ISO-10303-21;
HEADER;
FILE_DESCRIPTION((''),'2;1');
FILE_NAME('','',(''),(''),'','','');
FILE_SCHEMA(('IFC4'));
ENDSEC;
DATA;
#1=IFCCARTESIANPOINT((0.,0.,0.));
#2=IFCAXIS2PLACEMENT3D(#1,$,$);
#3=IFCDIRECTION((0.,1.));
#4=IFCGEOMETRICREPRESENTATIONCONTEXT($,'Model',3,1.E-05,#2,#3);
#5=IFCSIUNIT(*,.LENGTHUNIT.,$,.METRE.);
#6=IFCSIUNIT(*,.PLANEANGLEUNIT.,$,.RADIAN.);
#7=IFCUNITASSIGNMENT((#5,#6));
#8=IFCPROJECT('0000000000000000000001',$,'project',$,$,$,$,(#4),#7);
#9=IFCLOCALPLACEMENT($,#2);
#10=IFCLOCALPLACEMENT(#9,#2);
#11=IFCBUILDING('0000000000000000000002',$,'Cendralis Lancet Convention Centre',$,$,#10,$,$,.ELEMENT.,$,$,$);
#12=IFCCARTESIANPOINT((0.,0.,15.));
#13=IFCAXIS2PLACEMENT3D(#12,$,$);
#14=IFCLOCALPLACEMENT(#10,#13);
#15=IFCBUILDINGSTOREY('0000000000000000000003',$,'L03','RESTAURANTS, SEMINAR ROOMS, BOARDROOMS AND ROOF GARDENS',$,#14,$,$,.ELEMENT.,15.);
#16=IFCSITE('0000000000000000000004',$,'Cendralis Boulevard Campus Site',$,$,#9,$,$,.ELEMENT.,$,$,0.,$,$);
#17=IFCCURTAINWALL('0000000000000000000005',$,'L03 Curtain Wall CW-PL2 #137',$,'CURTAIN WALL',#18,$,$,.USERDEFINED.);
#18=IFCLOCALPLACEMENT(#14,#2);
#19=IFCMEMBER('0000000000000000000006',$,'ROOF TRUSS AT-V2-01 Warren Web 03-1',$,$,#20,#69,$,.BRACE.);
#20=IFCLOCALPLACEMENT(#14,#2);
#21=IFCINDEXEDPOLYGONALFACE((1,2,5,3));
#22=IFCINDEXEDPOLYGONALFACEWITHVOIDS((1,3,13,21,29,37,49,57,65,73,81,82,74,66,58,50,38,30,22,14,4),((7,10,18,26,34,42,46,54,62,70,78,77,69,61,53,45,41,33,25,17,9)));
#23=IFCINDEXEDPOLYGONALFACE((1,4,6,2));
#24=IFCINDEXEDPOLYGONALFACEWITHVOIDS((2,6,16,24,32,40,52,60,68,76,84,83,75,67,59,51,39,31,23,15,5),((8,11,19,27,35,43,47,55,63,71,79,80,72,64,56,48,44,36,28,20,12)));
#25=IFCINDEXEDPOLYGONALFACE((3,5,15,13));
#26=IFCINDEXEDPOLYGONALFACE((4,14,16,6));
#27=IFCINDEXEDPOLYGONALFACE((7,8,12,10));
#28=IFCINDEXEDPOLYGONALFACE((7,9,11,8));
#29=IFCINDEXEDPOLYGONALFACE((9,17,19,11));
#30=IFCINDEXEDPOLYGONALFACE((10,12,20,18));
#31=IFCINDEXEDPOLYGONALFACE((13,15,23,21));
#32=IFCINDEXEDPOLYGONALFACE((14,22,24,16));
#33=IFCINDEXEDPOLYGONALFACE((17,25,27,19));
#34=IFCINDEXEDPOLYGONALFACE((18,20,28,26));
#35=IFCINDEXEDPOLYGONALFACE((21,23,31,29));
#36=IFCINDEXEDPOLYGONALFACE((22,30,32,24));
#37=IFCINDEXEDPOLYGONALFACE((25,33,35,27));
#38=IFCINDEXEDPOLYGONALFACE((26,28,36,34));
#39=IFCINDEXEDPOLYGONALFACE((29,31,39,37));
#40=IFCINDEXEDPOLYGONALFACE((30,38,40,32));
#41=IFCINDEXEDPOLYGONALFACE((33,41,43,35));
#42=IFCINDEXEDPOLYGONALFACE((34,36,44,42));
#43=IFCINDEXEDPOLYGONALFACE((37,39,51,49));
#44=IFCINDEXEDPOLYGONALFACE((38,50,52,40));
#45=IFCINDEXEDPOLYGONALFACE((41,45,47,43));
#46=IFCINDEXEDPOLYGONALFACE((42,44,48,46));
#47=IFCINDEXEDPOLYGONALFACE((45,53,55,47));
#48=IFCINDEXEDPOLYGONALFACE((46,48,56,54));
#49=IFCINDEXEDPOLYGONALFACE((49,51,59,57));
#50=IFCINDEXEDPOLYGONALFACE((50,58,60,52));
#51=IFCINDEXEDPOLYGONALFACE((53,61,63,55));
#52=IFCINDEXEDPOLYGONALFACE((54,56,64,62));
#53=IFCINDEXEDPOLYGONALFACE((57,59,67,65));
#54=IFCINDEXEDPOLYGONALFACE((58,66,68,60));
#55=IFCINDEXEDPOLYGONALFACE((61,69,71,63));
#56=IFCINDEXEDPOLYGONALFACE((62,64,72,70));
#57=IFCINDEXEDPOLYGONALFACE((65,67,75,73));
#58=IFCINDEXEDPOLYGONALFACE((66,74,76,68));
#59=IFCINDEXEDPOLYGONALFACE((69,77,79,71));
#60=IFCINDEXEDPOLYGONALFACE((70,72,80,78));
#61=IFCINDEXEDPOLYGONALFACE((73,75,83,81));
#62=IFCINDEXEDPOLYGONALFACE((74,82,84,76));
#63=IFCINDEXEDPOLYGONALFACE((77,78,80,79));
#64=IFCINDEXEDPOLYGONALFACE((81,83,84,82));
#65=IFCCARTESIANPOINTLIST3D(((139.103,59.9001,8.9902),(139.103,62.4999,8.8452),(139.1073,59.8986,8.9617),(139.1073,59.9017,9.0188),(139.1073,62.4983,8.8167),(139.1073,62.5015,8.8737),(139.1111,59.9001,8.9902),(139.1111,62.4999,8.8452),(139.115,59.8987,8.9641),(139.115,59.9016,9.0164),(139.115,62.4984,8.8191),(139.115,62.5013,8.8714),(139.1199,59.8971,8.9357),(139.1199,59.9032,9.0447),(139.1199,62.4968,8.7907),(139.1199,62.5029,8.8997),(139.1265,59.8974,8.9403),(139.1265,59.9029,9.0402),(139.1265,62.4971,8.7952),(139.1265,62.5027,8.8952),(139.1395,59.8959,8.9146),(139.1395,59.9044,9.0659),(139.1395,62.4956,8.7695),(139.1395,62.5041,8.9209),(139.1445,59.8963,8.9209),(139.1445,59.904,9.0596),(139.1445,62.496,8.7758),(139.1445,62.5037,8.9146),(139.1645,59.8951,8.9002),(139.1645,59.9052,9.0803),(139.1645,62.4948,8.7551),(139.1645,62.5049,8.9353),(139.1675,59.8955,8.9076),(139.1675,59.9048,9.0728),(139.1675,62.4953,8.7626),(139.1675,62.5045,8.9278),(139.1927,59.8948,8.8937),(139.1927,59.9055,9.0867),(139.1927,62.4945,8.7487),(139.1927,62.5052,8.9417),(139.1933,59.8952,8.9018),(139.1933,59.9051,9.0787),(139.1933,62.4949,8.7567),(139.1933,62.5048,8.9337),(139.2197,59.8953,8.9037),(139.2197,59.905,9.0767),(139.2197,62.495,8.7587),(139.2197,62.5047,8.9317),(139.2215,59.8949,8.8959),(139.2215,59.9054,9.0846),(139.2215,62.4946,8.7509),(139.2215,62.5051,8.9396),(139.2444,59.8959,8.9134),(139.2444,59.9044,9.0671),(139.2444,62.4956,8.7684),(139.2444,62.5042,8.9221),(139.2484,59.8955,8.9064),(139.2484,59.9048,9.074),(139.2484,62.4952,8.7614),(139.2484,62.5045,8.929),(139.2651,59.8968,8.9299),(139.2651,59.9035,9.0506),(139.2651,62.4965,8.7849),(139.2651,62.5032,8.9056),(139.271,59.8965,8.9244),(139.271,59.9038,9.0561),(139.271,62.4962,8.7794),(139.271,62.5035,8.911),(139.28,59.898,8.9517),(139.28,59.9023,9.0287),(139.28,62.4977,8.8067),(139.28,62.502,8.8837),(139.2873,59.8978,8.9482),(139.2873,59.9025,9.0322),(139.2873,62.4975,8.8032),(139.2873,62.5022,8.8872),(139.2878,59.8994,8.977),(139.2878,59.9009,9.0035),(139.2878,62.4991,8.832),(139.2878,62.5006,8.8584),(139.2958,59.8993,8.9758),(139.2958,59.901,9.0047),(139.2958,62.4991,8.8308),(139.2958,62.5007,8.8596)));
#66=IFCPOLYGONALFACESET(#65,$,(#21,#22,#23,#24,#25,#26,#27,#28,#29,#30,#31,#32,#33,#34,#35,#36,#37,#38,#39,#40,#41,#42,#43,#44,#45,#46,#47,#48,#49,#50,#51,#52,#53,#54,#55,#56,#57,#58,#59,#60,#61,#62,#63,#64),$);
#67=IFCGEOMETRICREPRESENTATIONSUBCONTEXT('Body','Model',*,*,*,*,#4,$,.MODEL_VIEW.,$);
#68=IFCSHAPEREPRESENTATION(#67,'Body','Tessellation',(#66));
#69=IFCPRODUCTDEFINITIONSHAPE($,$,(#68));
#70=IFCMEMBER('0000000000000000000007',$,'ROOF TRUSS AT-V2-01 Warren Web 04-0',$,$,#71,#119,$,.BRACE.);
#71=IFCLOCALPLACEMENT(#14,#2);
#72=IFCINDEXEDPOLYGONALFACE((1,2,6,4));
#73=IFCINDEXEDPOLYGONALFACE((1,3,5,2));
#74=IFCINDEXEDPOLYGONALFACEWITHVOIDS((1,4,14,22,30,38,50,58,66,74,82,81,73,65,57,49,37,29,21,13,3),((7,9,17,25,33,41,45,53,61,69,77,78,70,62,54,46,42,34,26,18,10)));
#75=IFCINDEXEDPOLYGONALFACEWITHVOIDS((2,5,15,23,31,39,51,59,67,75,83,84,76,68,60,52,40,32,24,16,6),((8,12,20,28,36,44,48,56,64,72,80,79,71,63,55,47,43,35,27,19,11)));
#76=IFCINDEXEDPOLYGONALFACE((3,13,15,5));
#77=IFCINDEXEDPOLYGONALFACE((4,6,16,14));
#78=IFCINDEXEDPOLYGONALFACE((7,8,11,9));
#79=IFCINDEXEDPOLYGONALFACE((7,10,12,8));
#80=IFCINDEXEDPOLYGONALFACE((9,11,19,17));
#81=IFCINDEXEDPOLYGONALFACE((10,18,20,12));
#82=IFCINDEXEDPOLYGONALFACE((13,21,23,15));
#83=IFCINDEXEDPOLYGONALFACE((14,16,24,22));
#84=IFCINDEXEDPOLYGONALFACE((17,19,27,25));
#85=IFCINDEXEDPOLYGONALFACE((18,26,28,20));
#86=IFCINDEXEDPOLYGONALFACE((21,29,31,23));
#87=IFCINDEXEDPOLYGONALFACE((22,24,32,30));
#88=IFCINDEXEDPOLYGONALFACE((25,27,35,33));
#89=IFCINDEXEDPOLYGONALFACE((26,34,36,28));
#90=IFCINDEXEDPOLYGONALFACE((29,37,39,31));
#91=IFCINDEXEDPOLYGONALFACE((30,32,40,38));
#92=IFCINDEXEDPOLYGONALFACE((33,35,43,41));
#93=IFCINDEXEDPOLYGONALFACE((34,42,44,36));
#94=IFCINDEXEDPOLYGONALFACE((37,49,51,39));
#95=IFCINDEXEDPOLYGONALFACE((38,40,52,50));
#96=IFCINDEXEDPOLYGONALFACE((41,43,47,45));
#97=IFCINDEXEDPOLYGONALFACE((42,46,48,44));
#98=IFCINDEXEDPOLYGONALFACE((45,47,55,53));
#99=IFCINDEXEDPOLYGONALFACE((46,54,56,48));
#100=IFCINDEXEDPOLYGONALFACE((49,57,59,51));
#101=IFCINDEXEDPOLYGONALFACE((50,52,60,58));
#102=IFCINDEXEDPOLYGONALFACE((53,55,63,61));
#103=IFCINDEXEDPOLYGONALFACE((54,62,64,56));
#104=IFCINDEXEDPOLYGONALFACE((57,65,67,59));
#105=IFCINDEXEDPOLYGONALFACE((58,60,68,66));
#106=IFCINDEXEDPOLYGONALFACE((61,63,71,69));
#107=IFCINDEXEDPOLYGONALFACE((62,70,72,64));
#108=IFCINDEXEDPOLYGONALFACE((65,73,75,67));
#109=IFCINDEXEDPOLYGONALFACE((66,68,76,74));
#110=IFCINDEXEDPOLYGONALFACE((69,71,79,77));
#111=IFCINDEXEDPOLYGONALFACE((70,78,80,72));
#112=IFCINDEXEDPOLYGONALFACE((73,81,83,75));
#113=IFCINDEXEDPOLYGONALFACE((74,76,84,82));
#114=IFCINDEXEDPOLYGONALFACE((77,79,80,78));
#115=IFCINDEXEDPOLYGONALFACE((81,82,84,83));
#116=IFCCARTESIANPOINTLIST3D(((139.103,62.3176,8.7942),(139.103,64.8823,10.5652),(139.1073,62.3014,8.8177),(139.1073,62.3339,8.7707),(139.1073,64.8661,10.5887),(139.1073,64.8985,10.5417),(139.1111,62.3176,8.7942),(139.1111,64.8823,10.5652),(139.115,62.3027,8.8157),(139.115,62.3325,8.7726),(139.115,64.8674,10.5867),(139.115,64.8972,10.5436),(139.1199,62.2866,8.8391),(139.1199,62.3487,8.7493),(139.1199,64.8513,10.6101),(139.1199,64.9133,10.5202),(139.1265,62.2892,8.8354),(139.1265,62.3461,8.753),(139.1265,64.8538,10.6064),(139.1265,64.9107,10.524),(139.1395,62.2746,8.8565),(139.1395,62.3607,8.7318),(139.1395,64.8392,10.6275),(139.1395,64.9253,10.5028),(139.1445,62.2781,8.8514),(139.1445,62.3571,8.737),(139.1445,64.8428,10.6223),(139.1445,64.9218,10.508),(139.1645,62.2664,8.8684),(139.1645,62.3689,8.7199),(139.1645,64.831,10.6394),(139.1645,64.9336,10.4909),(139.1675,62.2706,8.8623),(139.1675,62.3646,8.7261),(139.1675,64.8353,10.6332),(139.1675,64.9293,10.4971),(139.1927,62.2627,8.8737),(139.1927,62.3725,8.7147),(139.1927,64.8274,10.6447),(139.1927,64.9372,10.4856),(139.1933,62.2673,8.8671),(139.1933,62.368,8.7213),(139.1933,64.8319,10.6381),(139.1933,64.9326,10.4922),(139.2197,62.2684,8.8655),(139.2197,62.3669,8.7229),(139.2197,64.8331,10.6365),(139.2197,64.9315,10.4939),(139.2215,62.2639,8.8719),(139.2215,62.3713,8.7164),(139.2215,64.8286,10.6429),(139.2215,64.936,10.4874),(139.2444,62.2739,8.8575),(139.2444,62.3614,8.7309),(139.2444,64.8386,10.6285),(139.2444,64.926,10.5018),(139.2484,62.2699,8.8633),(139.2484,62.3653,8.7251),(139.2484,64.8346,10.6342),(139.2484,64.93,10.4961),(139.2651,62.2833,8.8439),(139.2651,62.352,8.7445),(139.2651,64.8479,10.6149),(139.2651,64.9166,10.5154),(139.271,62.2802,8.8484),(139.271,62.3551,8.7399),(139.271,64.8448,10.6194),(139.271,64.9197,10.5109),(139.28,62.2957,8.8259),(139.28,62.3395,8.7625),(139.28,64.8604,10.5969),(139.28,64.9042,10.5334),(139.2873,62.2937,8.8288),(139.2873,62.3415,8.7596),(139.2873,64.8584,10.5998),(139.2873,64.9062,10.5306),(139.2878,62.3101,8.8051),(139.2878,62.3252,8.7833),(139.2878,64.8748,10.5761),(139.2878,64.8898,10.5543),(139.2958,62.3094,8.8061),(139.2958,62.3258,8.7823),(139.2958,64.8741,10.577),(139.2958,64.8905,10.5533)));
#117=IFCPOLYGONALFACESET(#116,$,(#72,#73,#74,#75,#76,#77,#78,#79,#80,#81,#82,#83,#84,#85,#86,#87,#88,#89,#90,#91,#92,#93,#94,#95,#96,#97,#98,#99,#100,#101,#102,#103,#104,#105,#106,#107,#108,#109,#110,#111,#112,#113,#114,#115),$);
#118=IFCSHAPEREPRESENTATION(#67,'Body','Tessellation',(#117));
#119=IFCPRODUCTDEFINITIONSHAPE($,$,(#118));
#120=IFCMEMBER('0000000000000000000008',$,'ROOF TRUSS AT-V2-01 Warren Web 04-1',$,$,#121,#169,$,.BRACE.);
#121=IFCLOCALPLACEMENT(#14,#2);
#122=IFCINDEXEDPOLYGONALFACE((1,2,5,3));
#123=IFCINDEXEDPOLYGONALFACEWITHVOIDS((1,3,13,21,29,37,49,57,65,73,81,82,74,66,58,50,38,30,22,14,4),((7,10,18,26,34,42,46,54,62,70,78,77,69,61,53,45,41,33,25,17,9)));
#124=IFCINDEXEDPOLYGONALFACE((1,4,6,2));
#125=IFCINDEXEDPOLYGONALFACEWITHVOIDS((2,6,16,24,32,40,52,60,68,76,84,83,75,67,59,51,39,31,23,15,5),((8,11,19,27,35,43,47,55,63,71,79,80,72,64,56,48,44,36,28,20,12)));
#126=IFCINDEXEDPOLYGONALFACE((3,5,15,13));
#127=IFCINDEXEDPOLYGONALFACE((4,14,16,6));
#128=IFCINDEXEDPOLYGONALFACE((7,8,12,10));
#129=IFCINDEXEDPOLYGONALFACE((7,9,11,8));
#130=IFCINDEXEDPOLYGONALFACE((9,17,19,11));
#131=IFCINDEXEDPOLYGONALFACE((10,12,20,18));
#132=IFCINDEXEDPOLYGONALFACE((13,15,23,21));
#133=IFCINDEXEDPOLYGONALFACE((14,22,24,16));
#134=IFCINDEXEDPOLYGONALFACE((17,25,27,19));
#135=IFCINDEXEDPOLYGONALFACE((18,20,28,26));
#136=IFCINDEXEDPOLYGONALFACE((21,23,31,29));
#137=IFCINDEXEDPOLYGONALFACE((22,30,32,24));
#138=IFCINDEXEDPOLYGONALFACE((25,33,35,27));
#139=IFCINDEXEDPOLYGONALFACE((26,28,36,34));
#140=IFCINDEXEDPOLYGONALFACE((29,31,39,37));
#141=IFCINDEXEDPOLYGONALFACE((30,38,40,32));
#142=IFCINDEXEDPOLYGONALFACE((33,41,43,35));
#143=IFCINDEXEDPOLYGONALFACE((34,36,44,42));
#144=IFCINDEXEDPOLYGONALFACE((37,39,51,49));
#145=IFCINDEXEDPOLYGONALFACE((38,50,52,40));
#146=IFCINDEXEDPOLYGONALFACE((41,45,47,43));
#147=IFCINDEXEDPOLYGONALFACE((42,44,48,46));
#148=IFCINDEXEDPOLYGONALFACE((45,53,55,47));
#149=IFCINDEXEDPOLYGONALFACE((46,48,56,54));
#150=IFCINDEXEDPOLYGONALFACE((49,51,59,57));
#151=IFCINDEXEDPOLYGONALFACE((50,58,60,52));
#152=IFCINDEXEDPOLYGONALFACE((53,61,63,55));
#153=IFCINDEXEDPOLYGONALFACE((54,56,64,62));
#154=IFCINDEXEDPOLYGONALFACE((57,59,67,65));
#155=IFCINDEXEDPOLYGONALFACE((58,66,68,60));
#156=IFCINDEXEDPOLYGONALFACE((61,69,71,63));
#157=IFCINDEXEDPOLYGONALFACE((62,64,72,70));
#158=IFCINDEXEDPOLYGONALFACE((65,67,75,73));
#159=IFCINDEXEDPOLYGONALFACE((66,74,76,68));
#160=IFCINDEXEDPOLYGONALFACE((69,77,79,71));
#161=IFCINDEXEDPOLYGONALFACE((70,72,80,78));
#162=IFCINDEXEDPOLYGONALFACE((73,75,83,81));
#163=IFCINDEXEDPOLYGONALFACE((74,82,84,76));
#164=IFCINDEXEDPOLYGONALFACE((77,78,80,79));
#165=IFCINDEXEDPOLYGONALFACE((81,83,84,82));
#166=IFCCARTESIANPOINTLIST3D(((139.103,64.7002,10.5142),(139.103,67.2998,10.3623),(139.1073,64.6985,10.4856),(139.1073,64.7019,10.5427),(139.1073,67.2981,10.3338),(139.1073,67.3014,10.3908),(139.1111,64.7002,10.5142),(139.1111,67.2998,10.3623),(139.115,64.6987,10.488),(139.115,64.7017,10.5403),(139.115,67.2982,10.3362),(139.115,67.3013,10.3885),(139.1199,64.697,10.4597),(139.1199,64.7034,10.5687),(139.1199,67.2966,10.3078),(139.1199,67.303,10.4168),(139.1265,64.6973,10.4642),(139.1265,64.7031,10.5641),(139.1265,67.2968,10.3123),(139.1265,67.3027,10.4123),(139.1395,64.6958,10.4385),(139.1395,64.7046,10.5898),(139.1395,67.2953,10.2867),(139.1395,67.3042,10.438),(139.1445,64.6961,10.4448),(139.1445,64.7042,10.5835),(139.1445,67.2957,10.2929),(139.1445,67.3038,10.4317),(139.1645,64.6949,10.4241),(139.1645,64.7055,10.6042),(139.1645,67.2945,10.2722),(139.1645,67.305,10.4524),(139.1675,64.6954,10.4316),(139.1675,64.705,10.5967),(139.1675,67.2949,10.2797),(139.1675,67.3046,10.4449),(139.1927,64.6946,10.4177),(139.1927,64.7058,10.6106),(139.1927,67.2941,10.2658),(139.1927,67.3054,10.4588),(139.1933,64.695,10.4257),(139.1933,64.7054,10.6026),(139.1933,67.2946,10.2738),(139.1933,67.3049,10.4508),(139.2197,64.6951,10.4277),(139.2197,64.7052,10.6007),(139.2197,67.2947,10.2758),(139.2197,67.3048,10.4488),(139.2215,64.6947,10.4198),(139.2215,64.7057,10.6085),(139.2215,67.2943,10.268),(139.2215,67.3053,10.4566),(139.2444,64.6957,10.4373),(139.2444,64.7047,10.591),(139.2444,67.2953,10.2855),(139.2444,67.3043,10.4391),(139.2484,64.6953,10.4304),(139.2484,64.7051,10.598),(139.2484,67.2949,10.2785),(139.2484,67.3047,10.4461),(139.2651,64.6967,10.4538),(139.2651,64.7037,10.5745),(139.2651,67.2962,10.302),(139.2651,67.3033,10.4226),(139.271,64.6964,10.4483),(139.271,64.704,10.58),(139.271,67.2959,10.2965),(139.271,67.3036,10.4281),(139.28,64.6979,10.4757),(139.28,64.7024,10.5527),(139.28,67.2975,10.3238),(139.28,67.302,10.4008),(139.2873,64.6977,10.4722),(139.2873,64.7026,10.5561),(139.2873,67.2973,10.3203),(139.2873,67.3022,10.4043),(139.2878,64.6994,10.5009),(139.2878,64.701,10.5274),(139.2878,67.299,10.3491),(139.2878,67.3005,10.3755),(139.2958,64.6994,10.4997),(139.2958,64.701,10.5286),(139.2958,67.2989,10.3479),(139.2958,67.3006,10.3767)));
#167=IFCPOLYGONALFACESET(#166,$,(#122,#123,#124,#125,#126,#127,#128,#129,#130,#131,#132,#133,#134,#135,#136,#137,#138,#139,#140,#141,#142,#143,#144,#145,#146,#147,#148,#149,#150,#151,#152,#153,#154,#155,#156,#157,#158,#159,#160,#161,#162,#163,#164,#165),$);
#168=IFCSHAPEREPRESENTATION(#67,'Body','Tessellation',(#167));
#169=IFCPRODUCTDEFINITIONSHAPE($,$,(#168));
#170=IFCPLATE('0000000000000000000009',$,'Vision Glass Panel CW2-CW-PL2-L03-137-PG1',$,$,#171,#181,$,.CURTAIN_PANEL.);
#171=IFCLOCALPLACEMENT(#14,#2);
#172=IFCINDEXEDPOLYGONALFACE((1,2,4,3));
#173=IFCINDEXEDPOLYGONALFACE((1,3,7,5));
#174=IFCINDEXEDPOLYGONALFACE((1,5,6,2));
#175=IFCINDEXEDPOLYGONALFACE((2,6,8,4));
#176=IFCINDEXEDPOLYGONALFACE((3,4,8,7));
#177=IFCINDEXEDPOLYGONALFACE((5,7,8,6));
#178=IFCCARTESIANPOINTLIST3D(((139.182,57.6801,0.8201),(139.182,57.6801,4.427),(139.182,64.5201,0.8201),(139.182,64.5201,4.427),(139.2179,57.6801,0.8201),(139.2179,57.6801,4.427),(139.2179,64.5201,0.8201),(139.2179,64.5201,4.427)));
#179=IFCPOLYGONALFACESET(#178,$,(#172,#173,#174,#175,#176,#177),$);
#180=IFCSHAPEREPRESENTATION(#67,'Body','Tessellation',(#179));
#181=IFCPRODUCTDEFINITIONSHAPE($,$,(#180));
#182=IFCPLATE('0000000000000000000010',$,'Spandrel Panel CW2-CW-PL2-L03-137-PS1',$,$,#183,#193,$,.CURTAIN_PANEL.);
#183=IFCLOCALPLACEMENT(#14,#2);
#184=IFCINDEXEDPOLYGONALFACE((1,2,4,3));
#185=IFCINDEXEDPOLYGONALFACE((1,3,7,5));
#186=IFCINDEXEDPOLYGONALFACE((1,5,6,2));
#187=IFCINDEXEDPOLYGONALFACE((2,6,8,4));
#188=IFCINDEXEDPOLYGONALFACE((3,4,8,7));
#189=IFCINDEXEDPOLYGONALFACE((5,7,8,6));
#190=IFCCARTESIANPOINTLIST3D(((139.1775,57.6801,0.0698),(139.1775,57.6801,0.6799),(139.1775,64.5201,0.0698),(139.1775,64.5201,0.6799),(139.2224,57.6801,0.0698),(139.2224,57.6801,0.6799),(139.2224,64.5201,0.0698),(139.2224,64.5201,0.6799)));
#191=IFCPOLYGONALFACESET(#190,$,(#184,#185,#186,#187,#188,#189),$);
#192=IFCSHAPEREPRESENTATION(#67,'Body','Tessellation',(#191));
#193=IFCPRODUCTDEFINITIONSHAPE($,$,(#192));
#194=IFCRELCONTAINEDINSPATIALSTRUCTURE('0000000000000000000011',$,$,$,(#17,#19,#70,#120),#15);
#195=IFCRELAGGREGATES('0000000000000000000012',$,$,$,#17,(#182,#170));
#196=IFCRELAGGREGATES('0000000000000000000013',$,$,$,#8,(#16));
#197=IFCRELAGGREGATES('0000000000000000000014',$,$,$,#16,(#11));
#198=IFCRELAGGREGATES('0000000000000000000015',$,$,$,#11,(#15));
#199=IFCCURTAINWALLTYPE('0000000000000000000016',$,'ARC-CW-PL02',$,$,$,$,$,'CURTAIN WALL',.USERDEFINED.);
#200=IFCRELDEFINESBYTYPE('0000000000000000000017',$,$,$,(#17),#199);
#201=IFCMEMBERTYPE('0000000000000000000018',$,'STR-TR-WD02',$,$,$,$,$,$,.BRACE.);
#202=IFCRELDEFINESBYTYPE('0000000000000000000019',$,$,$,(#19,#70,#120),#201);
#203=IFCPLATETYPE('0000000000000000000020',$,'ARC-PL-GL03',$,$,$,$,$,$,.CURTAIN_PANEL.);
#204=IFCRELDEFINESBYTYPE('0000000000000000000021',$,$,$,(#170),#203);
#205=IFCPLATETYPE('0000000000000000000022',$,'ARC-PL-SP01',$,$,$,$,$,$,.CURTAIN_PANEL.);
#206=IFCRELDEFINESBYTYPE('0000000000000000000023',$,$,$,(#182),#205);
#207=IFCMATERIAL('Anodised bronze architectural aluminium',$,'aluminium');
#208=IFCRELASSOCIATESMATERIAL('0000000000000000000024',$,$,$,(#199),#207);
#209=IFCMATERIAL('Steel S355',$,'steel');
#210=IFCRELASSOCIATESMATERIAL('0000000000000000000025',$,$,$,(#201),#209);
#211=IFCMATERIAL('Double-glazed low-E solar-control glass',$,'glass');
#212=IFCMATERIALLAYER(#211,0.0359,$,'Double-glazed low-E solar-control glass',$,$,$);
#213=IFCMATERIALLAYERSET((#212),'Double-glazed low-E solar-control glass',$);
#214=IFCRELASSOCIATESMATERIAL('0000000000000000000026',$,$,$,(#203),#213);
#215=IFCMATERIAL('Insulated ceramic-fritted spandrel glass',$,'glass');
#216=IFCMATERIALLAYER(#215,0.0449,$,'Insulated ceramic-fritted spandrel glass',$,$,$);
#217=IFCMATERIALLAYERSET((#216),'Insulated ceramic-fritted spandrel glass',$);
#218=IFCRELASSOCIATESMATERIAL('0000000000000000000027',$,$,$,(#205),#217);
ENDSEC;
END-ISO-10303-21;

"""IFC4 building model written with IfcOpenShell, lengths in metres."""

from ifc_helpers import new_model, si_unit, direction, frame, origin, origin_2d, place, context, subcontext, project, spatial, rectangle, hollow_circle, extrude, material, layer, layer_set, material_profile, profile_set, type_object, element, aggregate, save


model = new_model("IFC4")

# Units and contexts
model_context = context("Model", 3, precision=1e-05, world=origin(), true_north=direction((0.0, 1.0)))
body_context = subcontext(model_context, "Body", "Model", "MODEL_VIEW")
ifc_project = project(units=[si_unit("LENGTHUNIT", "METRE"), si_unit("PLANEANGLEUNIT", "RADIAN")], contexts=[model_context])

# Site, building, storey
site_placement = place(None, origin())
site = spatial("IfcSite", under=ifc_project, at=site_placement, Name="Cendralis Boulevard Campus Site", CompositionType="ELEMENT", RefElevation=0.0)
building_placement = place(site_placement, origin())
building = spatial("IfcBuilding", under=site, at=building_placement, Name="Cendralis Lancet Convention Centre", CompositionType="ELEMENT")
storey_placement = place(building_placement, frame((0.0, 0.0, 15.0)))
storey = spatial("IfcBuildingStorey", under=building, at=storey_placement, Name="L03", Description="RESTAURANTS, SEMINAR ROOMS, BOARDROOMS AND ROOF GARDENS", CompositionType="ELEMENT", Elevation=15.0)

# Shared definitions
ifc_material_1 = material(Name="Steel S355", Category="steel")

# Curtain wall
ifc_material_2 = material(Name="Anodised bronze architectural aluminium", Category="aluminium")
curtain_wall_type = type_object("IfcCurtainWallType", Name="ARC-CW-PL02", ElementType="CURTAIN WALL", PredefinedType="USERDEFINED", material=ifc_material_2)
curtain_wall_placement = place(storey_placement, origin())
curtain_wall = element("IfcCurtainWall", 1, at=curtain_wall_placement, inside=storey, type_object=curtain_wall_type, Name="L03 Curtain Wall CW-PL2 #137", ObjectType="CURTAIN WALL", PredefinedType="USERDEFINED")

# Members
ifc_material_profile_1 = material_profile(ifc_material_1, hollow_circle(Radius=0.0969, WallThickness=0.0081, at=origin_2d()), Name="CHS 193.7x8.0")
ifc_profile_set_1 = profile_set([ifc_material_profile_1], Name="Steel S355")
member_type_1 = type_object("IfcMemberType", Name="STR-TR-WD02", PredefinedType="BRACE", material=ifc_profile_set_1)
member_1_placement = place(storey_placement, frame((139.2, 59.9001, 8.9902), z_axis=(0.0, 0.998448, -0.055699), x_axis=(-1.0, 0.0, 0.0)))
element("IfcMember", 2, at=member_1_placement, inside=storey, type_object=member_type_1, Name="ROOF TRUSS AT-V2-01 Warren Web 03-1", PredefinedType="BRACE", context=body_context, shape_type="SweptSolid", body=[
    extrude(hollow_circle(Radius=0.0969, WallThickness=0.0081, at=origin_2d()), origin(), (0.0, 0.0, 1.0), 2.6038),
])
member_2_placement = place(storey_placement, frame((139.2, 62.3176, 8.7942), z_axis=(0.0, 0.822877, 0.56822), x_axis=(-1.0, 0.0, 0.0)))
element("IfcMember", 3, at=member_2_placement, inside=storey, type_object=member_type_1, Name="ROOF TRUSS AT-V2-01 Warren Web 04-0", PredefinedType="BRACE", context=body_context, shape_type="SweptSolid", body=[
    extrude(hollow_circle(Radius=0.0969, WallThickness=0.0081, at=origin_2d()), origin(), (0.0, 0.0, 1.0), 3.1167),
])
member_3_placement = place(storey_placement, frame((139.2, 64.7002, 10.5142), z_axis=(0.0, 0.998298, -0.058315), x_axis=(-1.0, 0.0, 0.0)))
element("IfcMember", 4, at=member_3_placement, inside=storey, type_object=member_type_1, Name="ROOF TRUSS AT-V2-01 Warren Web 04-1", PredefinedType="BRACE", context=body_context, shape_type="SweptSolid", body=[
    extrude(hollow_circle(Radius=0.0969, WallThickness=0.0081, at=origin_2d()), origin(), (0.0, 0.0, 1.0), 2.604),
])

# Plates
ifc_material_3 = material(Name="Double-glazed low-E solar-control glass", Category="glass")
ifc_layer_1 = layer(ifc_material_3, 0.0359, Name="Double-glazed low-E solar-control glass")
ifc_layer_set_1 = layer_set([ifc_layer_1], Name="Double-glazed low-E solar-control glass")
plate_type_1 = type_object("IfcPlateType", Name="ARC-PL-GL03", PredefinedType="CURTAIN_PANEL", material=ifc_layer_set_1)
plate_1_placement = place(storey_placement, frame((139.2, 61.1001, 0.8201), z_axis=(0.0, 0.0, 1.0), x_axis=(0.0, 1.0, 0.0)))
plate_1 = element("IfcPlate", 5, at=plate_1_placement, type_object=plate_type_1, Name="Vision Glass Panel CW2-CW-PL2-L03-137-PG1", PredefinedType="CURTAIN_PANEL", context=body_context, shape_type="SweptSolid", body=[
    extrude(rectangle(XDim=6.8401, YDim=0.0359, at=origin_2d()), origin(), (0.0, 0.0, 1.0), 3.6069),
])
ifc_material_4 = material(Name="Insulated ceramic-fritted spandrel glass", Category="glass")
ifc_layer_2 = layer(ifc_material_4, 0.0449, Name="Insulated ceramic-fritted spandrel glass")
ifc_layer_set_2 = layer_set([ifc_layer_2], Name="Insulated ceramic-fritted spandrel glass")
plate_type_2 = type_object("IfcPlateType", Name="ARC-PL-SP01", PredefinedType="CURTAIN_PANEL", material=ifc_layer_set_2)
plate_2_placement = place(storey_placement, frame((139.2, 61.1001, 0.0698), z_axis=(0.0, 0.0, 1.0), x_axis=(0.0, 1.0, 0.0)))
plate_2 = element("IfcPlate", 6, at=plate_2_placement, type_object=plate_type_2, Name="Spandrel Panel CW2-CW-PL2-L03-137-PS1", PredefinedType="CURTAIN_PANEL", context=body_context, shape_type="SweptSolid", body=[
    extrude(rectangle(XDim=6.8401, YDim=0.0449, at=origin_2d()), origin(), (0.0, 0.0, 1.0), 0.6101),
])
aggregate(curtain_wall, [plate_2, plate_1])

save(model, "model.ifc")
